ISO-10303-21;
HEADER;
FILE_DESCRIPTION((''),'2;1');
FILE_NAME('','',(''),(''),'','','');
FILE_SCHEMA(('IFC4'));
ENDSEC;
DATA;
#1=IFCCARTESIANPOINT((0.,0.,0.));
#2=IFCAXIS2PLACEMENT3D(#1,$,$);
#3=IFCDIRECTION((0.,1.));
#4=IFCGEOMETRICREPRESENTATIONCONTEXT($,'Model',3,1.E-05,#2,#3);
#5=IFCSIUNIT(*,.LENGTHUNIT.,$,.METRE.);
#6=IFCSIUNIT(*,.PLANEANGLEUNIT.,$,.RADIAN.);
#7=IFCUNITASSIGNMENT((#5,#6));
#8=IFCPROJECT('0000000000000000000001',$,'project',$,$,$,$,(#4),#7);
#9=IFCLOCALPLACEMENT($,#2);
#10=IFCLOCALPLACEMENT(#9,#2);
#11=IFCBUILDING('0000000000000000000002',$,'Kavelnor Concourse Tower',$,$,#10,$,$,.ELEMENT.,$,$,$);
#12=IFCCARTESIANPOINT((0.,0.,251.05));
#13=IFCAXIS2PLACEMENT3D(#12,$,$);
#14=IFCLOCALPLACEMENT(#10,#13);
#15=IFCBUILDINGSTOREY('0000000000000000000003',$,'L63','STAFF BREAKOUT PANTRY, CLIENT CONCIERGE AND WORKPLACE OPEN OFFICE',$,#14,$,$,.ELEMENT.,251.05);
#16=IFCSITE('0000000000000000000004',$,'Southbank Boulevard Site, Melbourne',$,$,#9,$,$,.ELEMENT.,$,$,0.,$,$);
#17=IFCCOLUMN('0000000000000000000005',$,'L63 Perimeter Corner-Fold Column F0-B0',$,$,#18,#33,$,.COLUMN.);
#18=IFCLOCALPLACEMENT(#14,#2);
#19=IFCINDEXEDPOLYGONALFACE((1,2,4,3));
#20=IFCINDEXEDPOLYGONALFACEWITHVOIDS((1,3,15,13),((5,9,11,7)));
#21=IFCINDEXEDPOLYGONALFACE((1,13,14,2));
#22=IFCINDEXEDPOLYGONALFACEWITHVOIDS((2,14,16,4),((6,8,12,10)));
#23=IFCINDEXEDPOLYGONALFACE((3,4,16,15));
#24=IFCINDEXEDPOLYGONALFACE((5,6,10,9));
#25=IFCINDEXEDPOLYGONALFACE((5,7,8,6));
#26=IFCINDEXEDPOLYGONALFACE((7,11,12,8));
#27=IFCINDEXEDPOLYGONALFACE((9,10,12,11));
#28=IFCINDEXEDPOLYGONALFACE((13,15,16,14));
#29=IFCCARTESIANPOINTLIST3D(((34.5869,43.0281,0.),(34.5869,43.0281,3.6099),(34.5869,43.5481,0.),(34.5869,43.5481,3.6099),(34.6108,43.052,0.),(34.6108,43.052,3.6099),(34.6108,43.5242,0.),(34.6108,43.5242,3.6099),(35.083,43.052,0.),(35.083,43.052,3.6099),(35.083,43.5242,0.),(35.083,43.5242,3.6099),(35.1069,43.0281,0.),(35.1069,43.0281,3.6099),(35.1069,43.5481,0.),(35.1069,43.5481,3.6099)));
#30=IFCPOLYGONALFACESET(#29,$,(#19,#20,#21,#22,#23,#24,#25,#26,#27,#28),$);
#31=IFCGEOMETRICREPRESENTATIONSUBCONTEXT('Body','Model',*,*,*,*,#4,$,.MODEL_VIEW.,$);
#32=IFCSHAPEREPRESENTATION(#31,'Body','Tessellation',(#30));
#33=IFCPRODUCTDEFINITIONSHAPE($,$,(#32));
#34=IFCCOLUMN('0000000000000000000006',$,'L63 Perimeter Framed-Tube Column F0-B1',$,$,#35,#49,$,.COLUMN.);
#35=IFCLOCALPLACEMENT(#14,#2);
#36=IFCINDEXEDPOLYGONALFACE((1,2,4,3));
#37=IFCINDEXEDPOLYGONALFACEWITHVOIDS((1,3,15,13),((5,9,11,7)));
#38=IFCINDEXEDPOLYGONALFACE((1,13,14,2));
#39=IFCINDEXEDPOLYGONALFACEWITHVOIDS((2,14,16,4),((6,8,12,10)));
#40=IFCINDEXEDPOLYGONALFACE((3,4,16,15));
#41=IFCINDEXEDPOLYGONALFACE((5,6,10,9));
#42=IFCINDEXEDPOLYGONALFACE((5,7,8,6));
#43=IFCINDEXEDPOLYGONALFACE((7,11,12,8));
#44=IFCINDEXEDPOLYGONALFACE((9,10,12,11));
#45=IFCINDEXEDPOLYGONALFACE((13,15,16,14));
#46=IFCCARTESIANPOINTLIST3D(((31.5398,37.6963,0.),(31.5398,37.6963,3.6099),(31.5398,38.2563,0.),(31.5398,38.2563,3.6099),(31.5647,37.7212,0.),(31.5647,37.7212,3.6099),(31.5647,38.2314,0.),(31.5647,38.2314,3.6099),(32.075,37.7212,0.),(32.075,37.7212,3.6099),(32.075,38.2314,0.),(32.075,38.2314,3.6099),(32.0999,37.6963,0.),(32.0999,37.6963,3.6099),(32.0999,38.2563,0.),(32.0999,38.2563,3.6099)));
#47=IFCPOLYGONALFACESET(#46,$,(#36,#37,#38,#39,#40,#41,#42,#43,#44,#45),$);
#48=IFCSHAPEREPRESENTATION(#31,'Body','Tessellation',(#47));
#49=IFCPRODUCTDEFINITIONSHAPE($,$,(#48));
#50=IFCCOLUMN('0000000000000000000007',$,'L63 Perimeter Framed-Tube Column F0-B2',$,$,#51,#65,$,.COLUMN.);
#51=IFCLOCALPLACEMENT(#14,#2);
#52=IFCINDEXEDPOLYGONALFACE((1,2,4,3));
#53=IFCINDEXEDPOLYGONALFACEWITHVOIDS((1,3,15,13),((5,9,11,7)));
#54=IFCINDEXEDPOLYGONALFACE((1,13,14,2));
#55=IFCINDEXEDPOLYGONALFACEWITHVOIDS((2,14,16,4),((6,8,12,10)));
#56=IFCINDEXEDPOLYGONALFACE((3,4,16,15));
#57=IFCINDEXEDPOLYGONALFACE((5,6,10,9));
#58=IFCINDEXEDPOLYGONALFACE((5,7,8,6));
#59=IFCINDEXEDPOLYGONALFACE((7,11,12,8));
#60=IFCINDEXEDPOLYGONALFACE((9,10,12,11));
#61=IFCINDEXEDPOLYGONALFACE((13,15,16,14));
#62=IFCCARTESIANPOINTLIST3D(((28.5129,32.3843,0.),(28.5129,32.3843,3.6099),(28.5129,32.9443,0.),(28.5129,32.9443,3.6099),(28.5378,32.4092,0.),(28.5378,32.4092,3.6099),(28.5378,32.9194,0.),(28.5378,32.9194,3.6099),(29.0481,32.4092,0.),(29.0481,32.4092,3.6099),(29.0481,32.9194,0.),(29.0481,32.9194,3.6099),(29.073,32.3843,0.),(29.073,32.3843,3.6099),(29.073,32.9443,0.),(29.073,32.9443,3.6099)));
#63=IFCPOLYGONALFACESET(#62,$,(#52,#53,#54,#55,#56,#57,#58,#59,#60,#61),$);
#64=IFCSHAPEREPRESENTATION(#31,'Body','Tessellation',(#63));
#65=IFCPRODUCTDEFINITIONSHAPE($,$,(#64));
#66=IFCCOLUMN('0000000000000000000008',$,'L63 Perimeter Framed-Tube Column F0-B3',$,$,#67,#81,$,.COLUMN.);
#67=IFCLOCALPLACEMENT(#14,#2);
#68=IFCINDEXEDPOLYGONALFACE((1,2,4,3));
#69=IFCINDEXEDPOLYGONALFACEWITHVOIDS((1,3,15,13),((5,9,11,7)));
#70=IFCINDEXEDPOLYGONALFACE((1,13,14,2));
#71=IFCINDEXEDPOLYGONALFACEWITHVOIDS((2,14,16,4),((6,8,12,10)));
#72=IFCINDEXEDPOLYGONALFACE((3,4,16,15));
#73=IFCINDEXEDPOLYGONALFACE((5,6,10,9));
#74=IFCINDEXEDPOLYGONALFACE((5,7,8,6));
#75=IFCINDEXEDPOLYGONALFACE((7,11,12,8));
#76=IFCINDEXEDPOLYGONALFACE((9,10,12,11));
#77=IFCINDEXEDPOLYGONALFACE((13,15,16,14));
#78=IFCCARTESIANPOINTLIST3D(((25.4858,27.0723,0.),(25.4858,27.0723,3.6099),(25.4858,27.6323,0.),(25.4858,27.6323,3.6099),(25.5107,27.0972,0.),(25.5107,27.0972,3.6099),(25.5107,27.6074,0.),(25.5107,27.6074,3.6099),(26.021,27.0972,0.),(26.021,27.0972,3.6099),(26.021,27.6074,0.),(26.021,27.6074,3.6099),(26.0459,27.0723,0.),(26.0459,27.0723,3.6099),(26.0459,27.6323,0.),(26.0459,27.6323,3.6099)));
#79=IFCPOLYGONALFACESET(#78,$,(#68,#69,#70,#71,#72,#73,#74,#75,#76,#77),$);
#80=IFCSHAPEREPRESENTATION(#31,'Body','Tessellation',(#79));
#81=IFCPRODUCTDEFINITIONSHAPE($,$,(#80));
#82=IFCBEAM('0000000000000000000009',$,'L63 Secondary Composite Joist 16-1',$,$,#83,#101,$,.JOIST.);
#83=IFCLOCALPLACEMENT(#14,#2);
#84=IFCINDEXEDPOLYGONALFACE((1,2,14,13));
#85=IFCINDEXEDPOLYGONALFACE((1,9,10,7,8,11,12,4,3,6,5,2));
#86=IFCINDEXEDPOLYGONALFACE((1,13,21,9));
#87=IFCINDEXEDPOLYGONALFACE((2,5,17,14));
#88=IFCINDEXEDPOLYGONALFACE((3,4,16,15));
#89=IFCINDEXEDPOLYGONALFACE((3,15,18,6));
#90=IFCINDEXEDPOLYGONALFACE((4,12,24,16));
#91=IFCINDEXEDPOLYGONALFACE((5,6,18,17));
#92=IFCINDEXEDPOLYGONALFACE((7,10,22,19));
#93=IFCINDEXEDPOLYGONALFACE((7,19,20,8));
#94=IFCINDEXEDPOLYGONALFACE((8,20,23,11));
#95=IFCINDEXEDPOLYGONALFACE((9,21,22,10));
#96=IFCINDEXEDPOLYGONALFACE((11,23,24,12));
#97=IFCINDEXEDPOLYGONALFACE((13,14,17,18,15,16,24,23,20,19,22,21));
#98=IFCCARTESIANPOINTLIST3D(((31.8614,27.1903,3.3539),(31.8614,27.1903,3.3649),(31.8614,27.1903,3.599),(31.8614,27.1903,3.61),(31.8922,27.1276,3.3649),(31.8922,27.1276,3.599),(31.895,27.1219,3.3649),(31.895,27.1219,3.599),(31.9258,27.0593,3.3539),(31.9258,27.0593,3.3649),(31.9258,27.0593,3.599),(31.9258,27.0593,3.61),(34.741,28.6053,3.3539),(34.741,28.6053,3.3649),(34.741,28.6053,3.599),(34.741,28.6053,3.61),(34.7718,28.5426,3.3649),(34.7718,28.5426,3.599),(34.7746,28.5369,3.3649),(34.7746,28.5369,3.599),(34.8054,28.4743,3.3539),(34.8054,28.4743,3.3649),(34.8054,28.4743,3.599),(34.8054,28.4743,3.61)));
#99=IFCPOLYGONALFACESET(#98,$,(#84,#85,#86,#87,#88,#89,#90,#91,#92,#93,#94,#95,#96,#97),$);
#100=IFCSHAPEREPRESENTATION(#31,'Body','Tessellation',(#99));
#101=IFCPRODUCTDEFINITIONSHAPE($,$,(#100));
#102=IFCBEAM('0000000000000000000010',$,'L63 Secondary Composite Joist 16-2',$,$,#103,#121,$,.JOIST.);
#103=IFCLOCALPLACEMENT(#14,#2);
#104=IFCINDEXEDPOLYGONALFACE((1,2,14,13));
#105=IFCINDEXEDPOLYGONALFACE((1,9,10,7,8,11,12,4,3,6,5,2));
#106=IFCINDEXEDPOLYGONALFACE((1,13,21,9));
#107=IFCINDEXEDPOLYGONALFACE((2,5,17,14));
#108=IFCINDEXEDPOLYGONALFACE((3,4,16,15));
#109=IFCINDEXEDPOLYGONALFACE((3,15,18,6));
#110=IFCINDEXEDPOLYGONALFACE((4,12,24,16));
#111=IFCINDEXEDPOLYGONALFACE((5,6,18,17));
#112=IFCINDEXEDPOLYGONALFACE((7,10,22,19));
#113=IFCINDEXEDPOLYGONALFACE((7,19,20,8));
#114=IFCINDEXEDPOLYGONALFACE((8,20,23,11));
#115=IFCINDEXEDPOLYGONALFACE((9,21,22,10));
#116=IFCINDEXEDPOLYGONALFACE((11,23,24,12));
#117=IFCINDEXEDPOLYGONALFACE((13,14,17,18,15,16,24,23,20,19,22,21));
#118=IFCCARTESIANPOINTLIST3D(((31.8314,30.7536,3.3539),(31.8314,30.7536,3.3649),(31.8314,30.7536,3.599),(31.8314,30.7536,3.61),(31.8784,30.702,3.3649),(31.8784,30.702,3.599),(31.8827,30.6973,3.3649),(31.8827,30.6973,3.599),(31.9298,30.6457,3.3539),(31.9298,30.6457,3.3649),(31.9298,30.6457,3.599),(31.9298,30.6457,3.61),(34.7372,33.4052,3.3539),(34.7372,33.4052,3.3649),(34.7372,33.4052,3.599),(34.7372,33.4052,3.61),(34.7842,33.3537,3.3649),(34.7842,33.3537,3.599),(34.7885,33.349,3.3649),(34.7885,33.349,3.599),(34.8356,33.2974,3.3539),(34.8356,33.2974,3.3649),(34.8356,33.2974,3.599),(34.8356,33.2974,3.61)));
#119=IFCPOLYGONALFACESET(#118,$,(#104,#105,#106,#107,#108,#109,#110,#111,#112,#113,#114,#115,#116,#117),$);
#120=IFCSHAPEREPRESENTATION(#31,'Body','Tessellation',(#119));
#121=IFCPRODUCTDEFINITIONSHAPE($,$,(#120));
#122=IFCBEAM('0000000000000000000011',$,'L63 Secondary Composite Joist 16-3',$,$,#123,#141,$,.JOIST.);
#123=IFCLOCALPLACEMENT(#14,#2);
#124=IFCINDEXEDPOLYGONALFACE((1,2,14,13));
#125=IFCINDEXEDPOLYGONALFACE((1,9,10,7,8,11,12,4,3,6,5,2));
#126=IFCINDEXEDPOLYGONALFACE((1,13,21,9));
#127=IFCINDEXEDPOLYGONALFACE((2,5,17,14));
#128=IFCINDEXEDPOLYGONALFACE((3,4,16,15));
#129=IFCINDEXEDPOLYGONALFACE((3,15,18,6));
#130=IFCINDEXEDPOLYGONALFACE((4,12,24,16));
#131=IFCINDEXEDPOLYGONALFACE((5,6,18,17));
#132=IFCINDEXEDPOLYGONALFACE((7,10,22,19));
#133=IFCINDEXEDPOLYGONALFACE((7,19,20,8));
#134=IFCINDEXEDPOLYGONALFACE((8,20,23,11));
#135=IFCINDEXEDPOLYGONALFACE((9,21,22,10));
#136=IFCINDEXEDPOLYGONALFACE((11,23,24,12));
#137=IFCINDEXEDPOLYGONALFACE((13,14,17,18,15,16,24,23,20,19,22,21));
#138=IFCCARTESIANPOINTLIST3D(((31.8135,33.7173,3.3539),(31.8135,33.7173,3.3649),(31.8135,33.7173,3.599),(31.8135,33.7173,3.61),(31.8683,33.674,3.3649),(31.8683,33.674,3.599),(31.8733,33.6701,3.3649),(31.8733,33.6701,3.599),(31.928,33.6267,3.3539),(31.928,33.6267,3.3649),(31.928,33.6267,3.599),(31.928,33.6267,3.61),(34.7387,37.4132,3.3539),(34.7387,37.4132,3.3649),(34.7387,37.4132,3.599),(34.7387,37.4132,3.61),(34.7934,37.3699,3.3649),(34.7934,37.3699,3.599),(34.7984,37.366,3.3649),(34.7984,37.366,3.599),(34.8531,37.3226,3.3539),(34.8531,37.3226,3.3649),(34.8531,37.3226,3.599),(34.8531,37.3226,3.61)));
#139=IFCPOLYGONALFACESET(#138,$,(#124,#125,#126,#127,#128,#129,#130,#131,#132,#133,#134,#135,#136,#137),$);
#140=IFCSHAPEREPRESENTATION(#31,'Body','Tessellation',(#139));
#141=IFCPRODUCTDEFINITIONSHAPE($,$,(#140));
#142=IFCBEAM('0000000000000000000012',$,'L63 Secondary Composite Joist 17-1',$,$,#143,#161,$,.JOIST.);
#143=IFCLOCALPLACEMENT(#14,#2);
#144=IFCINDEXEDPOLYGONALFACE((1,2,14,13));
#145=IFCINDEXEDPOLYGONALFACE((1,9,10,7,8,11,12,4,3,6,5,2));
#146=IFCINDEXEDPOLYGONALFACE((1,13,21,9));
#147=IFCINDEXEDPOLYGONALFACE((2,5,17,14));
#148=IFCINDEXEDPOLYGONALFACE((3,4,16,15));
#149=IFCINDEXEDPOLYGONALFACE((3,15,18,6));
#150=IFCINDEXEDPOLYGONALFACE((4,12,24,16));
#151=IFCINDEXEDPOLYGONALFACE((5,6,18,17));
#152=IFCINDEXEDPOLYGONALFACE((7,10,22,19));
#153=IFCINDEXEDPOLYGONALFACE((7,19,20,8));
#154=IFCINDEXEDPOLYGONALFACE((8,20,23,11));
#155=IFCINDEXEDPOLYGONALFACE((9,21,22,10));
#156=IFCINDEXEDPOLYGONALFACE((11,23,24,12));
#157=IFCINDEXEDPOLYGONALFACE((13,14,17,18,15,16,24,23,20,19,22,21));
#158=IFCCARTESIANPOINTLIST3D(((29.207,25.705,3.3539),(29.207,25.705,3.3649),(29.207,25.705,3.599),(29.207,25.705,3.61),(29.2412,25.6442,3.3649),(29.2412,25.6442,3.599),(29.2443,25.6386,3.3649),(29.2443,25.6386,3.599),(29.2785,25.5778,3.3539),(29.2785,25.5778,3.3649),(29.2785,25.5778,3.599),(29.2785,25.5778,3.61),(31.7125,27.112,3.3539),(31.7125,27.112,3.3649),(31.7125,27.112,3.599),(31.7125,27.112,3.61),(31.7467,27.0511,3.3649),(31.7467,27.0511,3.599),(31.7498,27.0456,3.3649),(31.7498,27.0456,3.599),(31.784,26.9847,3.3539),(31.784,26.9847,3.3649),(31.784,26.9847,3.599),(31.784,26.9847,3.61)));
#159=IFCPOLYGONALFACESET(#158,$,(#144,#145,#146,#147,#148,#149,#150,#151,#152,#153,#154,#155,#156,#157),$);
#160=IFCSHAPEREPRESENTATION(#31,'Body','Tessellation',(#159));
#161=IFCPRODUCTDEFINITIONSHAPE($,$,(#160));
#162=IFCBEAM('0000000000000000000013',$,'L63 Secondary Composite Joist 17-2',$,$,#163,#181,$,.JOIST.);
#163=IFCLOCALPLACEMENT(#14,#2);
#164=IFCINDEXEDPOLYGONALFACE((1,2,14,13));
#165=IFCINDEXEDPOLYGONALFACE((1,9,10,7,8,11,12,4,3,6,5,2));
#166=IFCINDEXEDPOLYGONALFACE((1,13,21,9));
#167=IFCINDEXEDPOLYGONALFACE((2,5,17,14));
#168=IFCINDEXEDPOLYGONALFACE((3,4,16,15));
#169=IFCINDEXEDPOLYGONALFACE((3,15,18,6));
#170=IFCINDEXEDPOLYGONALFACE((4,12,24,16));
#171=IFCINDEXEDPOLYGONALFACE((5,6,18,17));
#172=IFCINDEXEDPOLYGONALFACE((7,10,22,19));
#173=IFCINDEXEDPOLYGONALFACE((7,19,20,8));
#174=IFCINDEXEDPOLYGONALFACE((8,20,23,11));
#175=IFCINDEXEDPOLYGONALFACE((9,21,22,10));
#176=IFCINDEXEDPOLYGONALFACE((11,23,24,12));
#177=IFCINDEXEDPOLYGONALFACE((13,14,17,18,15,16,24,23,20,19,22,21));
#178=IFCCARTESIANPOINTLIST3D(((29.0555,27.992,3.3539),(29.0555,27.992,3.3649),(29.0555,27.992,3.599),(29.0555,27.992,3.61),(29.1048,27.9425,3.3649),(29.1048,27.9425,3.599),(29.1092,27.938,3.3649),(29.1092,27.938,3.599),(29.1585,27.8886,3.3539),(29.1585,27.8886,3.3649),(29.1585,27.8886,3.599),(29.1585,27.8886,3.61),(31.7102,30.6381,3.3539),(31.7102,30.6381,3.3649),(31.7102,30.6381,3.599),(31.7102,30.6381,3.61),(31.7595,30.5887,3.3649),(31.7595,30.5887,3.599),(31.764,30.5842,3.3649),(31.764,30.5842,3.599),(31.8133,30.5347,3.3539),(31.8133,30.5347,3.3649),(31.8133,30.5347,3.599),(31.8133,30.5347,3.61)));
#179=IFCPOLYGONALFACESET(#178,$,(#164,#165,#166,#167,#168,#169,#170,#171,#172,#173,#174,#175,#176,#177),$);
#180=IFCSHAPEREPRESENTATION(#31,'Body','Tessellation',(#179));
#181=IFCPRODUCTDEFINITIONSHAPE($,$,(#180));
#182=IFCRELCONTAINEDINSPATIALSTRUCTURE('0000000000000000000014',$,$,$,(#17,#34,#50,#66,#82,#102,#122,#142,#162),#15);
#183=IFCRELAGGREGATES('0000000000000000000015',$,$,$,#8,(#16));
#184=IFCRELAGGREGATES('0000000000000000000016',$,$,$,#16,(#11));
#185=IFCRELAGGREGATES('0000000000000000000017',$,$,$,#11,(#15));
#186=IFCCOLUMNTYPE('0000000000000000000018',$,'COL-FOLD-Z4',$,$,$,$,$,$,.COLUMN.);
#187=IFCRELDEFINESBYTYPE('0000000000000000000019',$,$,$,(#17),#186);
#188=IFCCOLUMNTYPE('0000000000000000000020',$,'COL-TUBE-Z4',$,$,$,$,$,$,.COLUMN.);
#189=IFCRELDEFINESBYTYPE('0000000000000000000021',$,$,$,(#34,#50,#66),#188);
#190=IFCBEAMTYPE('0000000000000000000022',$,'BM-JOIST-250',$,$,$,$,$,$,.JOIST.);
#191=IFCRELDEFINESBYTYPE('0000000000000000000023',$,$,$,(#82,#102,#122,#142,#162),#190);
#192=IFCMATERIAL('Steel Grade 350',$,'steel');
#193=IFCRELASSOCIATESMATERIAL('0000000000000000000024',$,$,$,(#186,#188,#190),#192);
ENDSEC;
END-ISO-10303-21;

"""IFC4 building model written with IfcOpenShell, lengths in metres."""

from ifc_helpers import new_model, si_unit, direction, frame, origin, origin_2d, place, context, subcontext, project, spatial, hollow_rectangle, i_section, extrude, material, material_profile, profile_set, type_object, element, save


model = new_model("IFC4")

# Units and contexts
model_context = context("Model", 3, precision=1e-05, world=origin(), true_north=direction((0.0, 1.0)))
body_context = subcontext(model_context, "Body", "Model", "MODEL_VIEW")
ifc_project = project(units=[si_unit("LENGTHUNIT", "METRE"), si_unit("PLANEANGLEUNIT", "RADIAN")], contexts=[model_context])

# Site, building, storey
site_placement = place(None, origin())
site = spatial("IfcSite", under=ifc_project, at=site_placement, Name="Southbank Boulevard Site, Melbourne", CompositionType="ELEMENT", RefElevation=0.0)
building_placement = place(site_placement, origin())
building = spatial("IfcBuilding", under=site, at=building_placement, Name="Kavelnor Concourse Tower", CompositionType="ELEMENT")
storey_placement = place(building_placement, frame((0.0, 0.0, 251.05)))
storey = spatial("IfcBuildingStorey", under=building, at=storey_placement, Name="L63", Description="STAFF BREAKOUT PANTRY, CLIENT CONCIERGE AND WORKPLACE OPEN OFFICE", CompositionType="ELEMENT", Elevation=251.05)

# Columns
ifc_material_1 = material(Name="Steel Grade 350", Category="steel")
ifc_material_profile_1 = material_profile(ifc_material_1, hollow_rectangle(XDim=0.52, YDim=0.52, WallThickness=0.0239, at=origin_2d()), Name="SHS 520x520x24")
ifc_profile_set_1 = profile_set([ifc_material_profile_1], Name="Steel Grade 350")
column_type_1 = type_object("IfcColumnType", Name="COL-FOLD-Z4", PredefinedType="COLUMN", material=ifc_profile_set_1)
column_placement = place(storey_placement, frame((34.8469, 43.2881, 0.0), z_axis=(0.0, 0.0, 1.0), x_axis=(1.0, 0.0, 0.0)))
element("IfcColumn", 1, at=column_placement, inside=storey, type_object=column_type_1, Name="L63 Perimeter Corner-Fold Column F0-B0", PredefinedType="COLUMN", context=body_context, shape_type="SweptSolid", body=[
    extrude(hollow_rectangle(XDim=0.52, YDim=0.52, WallThickness=0.0239, at=origin_2d()), origin(), (0.0, 0.0, 1.0), 3.6099),
])
ifc_material_profile_2 = material_profile(ifc_material_1, hollow_rectangle(XDim=0.5601, YDim=0.5601, WallThickness=0.0249, at=origin_2d()), Name="SHS 560x560x25")
ifc_profile_set_2 = profile_set([ifc_material_profile_2], Name="Steel Grade 350")
column_type_2 = type_object("IfcColumnType", Name="COL-TUBE-Z4", PredefinedType="COLUMN", material=ifc_profile_set_2)
for number, where, z_axis, x_axis, name in (
    (2, (31.8198, 37.9763, 0.0), (0.0, 0.0, 1.0), (1.0, 0.0, 0.0), "L63 Perimeter Framed-Tube Column F0-B1"),
    (3, (28.793, 32.6643, 0.0), (0.0, 0.0, 1.0), (1.0, 0.0, 0.0), "L63 Perimeter Framed-Tube Column F0-B2"),
    (4, (25.7659, 27.3523, 0.0), (0.0, 0.0, 1.0), (1.0, 0.0, 0.0), "L63 Perimeter Framed-Tube Column F0-B3"),
):
    element("IfcColumn", number, at=place(storey_placement, frame(where, z_axis=z_axis, x_axis=x_axis)), inside=storey, type_object=column_type_2, Name=name, PredefinedType="COLUMN", context=body_context, shape_type="SweptSolid", body=[
        extrude(hollow_rectangle(XDim=0.5601, YDim=0.5601, WallThickness=0.0249, at=origin_2d()), origin(), (0.0, 0.0, 1.0), 3.6099),
    ])

# Beams
ifc_material_profile_3 = material_profile(ifc_material_1, i_section(OverallWidth=0.146, OverallDepth=0.2561, WebThickness=0.0063, FlangeThickness=0.011, at=origin_2d()), Name="250UB37")
ifc_profile_set_3 = profile_set([ifc_material_profile_3], Name="Steel Grade 350")
beam_type_1 = type_object("IfcBeamType", Name="BM-JOIST-250", PredefinedType="JOIST", material=ifc_profile_set_3)
beam_1_placement = place(storey_placement, frame((34.7732, 28.5398, 3.4819), z_axis=(-0.897495, -0.441024, 0.0), x_axis=(0.441024, -0.897495, 0.0)))
element("IfcBeam", 5, at=beam_1_placement, inside=storey, type_object=beam_type_1, Name="L63 Secondary Composite Joist 16-1", PredefinedType="JOIST", context=body_context, shape_type="SweptSolid", body=[
    extrude(i_section(OverallWidth=0.146, OverallDepth=0.2561, WebThickness=0.0063, FlangeThickness=0.011, at=origin_2d()), origin(), (0.0, 0.0, 1.0), 3.2085),
])
beam_2_placement = place(storey_placement, frame((34.7864, 33.3513, 3.4819), z_axis=(-0.738672, -0.674065, 0.0), x_axis=(0.674065, -0.738672, 0.0)))
element("IfcBeam", 6, at=beam_2_placement, inside=storey, type_object=beam_type_1, Name="L63 Secondary Composite Joist 16-2", PredefinedType="JOIST", context=body_context, shape_type="SweptSolid", body=[
    extrude(i_section(OverallWidth=0.146, OverallDepth=0.2561, WebThickness=0.0063, FlangeThickness=0.011, at=origin_2d()), origin(), (0.0, 0.0, 1.0), 3.9338),
])
beam_3_placement = place(storey_placement, frame((34.7959, 37.3679, 3.4819), z_axis=(-0.620599, -0.784128, 0.0), x_axis=(0.784128, -0.620599, 0.0)))
element("IfcBeam", 7, at=beam_3_placement, inside=storey, type_object=beam_type_1, Name="L63 Secondary Composite Joist 16-3", PredefinedType="JOIST", context=body_context, shape_type="SweptSolid", body=[
    extrude(i_section(OverallWidth=0.146, OverallDepth=0.2561, WebThickness=0.0063, FlangeThickness=0.011, at=origin_2d()), origin(), (0.0, 0.0, 1.0), 4.7134),
])
beam_4_placement = place(storey_placement, frame((31.7483, 27.0483, 3.4819), z_axis=(-0.871936, -0.48962, 0.0), x_axis=(0.48962, -0.871936, 0.0)))
element("IfcBeam", 8, at=beam_4_placement, inside=storey, type_object=beam_type_1, Name="L63 Secondary Composite Joist 17-1", PredefinedType="JOIST", context=body_context, shape_type="SweptSolid", body=[
    extrude(i_section(OverallWidth=0.146, OverallDepth=0.2561, WebThickness=0.0063, FlangeThickness=0.011, at=origin_2d()), origin(), (0.0, 0.0, 1.0), 2.8735),
])
beam_5_placement = place(storey_placement, frame((31.7617, 30.5864, 3.4819), z_axis=(-0.708246, -0.705966, 0.0), x_axis=(0.705966, -0.708246, 0.0)))
element("IfcBeam", 9, at=beam_5_placement, inside=storey, type_object=beam_type_1, Name="L63 Secondary Composite Joist 17-2", PredefinedType="JOIST", context=body_context, shape_type="SweptSolid", body=[
    extrude(i_section(OverallWidth=0.146, OverallDepth=0.2561, WebThickness=0.0063, FlangeThickness=0.011, at=origin_2d()), origin(), (0.0, 0.0, 1.0), 3.7483),
])

save(model, "model.ifc")
